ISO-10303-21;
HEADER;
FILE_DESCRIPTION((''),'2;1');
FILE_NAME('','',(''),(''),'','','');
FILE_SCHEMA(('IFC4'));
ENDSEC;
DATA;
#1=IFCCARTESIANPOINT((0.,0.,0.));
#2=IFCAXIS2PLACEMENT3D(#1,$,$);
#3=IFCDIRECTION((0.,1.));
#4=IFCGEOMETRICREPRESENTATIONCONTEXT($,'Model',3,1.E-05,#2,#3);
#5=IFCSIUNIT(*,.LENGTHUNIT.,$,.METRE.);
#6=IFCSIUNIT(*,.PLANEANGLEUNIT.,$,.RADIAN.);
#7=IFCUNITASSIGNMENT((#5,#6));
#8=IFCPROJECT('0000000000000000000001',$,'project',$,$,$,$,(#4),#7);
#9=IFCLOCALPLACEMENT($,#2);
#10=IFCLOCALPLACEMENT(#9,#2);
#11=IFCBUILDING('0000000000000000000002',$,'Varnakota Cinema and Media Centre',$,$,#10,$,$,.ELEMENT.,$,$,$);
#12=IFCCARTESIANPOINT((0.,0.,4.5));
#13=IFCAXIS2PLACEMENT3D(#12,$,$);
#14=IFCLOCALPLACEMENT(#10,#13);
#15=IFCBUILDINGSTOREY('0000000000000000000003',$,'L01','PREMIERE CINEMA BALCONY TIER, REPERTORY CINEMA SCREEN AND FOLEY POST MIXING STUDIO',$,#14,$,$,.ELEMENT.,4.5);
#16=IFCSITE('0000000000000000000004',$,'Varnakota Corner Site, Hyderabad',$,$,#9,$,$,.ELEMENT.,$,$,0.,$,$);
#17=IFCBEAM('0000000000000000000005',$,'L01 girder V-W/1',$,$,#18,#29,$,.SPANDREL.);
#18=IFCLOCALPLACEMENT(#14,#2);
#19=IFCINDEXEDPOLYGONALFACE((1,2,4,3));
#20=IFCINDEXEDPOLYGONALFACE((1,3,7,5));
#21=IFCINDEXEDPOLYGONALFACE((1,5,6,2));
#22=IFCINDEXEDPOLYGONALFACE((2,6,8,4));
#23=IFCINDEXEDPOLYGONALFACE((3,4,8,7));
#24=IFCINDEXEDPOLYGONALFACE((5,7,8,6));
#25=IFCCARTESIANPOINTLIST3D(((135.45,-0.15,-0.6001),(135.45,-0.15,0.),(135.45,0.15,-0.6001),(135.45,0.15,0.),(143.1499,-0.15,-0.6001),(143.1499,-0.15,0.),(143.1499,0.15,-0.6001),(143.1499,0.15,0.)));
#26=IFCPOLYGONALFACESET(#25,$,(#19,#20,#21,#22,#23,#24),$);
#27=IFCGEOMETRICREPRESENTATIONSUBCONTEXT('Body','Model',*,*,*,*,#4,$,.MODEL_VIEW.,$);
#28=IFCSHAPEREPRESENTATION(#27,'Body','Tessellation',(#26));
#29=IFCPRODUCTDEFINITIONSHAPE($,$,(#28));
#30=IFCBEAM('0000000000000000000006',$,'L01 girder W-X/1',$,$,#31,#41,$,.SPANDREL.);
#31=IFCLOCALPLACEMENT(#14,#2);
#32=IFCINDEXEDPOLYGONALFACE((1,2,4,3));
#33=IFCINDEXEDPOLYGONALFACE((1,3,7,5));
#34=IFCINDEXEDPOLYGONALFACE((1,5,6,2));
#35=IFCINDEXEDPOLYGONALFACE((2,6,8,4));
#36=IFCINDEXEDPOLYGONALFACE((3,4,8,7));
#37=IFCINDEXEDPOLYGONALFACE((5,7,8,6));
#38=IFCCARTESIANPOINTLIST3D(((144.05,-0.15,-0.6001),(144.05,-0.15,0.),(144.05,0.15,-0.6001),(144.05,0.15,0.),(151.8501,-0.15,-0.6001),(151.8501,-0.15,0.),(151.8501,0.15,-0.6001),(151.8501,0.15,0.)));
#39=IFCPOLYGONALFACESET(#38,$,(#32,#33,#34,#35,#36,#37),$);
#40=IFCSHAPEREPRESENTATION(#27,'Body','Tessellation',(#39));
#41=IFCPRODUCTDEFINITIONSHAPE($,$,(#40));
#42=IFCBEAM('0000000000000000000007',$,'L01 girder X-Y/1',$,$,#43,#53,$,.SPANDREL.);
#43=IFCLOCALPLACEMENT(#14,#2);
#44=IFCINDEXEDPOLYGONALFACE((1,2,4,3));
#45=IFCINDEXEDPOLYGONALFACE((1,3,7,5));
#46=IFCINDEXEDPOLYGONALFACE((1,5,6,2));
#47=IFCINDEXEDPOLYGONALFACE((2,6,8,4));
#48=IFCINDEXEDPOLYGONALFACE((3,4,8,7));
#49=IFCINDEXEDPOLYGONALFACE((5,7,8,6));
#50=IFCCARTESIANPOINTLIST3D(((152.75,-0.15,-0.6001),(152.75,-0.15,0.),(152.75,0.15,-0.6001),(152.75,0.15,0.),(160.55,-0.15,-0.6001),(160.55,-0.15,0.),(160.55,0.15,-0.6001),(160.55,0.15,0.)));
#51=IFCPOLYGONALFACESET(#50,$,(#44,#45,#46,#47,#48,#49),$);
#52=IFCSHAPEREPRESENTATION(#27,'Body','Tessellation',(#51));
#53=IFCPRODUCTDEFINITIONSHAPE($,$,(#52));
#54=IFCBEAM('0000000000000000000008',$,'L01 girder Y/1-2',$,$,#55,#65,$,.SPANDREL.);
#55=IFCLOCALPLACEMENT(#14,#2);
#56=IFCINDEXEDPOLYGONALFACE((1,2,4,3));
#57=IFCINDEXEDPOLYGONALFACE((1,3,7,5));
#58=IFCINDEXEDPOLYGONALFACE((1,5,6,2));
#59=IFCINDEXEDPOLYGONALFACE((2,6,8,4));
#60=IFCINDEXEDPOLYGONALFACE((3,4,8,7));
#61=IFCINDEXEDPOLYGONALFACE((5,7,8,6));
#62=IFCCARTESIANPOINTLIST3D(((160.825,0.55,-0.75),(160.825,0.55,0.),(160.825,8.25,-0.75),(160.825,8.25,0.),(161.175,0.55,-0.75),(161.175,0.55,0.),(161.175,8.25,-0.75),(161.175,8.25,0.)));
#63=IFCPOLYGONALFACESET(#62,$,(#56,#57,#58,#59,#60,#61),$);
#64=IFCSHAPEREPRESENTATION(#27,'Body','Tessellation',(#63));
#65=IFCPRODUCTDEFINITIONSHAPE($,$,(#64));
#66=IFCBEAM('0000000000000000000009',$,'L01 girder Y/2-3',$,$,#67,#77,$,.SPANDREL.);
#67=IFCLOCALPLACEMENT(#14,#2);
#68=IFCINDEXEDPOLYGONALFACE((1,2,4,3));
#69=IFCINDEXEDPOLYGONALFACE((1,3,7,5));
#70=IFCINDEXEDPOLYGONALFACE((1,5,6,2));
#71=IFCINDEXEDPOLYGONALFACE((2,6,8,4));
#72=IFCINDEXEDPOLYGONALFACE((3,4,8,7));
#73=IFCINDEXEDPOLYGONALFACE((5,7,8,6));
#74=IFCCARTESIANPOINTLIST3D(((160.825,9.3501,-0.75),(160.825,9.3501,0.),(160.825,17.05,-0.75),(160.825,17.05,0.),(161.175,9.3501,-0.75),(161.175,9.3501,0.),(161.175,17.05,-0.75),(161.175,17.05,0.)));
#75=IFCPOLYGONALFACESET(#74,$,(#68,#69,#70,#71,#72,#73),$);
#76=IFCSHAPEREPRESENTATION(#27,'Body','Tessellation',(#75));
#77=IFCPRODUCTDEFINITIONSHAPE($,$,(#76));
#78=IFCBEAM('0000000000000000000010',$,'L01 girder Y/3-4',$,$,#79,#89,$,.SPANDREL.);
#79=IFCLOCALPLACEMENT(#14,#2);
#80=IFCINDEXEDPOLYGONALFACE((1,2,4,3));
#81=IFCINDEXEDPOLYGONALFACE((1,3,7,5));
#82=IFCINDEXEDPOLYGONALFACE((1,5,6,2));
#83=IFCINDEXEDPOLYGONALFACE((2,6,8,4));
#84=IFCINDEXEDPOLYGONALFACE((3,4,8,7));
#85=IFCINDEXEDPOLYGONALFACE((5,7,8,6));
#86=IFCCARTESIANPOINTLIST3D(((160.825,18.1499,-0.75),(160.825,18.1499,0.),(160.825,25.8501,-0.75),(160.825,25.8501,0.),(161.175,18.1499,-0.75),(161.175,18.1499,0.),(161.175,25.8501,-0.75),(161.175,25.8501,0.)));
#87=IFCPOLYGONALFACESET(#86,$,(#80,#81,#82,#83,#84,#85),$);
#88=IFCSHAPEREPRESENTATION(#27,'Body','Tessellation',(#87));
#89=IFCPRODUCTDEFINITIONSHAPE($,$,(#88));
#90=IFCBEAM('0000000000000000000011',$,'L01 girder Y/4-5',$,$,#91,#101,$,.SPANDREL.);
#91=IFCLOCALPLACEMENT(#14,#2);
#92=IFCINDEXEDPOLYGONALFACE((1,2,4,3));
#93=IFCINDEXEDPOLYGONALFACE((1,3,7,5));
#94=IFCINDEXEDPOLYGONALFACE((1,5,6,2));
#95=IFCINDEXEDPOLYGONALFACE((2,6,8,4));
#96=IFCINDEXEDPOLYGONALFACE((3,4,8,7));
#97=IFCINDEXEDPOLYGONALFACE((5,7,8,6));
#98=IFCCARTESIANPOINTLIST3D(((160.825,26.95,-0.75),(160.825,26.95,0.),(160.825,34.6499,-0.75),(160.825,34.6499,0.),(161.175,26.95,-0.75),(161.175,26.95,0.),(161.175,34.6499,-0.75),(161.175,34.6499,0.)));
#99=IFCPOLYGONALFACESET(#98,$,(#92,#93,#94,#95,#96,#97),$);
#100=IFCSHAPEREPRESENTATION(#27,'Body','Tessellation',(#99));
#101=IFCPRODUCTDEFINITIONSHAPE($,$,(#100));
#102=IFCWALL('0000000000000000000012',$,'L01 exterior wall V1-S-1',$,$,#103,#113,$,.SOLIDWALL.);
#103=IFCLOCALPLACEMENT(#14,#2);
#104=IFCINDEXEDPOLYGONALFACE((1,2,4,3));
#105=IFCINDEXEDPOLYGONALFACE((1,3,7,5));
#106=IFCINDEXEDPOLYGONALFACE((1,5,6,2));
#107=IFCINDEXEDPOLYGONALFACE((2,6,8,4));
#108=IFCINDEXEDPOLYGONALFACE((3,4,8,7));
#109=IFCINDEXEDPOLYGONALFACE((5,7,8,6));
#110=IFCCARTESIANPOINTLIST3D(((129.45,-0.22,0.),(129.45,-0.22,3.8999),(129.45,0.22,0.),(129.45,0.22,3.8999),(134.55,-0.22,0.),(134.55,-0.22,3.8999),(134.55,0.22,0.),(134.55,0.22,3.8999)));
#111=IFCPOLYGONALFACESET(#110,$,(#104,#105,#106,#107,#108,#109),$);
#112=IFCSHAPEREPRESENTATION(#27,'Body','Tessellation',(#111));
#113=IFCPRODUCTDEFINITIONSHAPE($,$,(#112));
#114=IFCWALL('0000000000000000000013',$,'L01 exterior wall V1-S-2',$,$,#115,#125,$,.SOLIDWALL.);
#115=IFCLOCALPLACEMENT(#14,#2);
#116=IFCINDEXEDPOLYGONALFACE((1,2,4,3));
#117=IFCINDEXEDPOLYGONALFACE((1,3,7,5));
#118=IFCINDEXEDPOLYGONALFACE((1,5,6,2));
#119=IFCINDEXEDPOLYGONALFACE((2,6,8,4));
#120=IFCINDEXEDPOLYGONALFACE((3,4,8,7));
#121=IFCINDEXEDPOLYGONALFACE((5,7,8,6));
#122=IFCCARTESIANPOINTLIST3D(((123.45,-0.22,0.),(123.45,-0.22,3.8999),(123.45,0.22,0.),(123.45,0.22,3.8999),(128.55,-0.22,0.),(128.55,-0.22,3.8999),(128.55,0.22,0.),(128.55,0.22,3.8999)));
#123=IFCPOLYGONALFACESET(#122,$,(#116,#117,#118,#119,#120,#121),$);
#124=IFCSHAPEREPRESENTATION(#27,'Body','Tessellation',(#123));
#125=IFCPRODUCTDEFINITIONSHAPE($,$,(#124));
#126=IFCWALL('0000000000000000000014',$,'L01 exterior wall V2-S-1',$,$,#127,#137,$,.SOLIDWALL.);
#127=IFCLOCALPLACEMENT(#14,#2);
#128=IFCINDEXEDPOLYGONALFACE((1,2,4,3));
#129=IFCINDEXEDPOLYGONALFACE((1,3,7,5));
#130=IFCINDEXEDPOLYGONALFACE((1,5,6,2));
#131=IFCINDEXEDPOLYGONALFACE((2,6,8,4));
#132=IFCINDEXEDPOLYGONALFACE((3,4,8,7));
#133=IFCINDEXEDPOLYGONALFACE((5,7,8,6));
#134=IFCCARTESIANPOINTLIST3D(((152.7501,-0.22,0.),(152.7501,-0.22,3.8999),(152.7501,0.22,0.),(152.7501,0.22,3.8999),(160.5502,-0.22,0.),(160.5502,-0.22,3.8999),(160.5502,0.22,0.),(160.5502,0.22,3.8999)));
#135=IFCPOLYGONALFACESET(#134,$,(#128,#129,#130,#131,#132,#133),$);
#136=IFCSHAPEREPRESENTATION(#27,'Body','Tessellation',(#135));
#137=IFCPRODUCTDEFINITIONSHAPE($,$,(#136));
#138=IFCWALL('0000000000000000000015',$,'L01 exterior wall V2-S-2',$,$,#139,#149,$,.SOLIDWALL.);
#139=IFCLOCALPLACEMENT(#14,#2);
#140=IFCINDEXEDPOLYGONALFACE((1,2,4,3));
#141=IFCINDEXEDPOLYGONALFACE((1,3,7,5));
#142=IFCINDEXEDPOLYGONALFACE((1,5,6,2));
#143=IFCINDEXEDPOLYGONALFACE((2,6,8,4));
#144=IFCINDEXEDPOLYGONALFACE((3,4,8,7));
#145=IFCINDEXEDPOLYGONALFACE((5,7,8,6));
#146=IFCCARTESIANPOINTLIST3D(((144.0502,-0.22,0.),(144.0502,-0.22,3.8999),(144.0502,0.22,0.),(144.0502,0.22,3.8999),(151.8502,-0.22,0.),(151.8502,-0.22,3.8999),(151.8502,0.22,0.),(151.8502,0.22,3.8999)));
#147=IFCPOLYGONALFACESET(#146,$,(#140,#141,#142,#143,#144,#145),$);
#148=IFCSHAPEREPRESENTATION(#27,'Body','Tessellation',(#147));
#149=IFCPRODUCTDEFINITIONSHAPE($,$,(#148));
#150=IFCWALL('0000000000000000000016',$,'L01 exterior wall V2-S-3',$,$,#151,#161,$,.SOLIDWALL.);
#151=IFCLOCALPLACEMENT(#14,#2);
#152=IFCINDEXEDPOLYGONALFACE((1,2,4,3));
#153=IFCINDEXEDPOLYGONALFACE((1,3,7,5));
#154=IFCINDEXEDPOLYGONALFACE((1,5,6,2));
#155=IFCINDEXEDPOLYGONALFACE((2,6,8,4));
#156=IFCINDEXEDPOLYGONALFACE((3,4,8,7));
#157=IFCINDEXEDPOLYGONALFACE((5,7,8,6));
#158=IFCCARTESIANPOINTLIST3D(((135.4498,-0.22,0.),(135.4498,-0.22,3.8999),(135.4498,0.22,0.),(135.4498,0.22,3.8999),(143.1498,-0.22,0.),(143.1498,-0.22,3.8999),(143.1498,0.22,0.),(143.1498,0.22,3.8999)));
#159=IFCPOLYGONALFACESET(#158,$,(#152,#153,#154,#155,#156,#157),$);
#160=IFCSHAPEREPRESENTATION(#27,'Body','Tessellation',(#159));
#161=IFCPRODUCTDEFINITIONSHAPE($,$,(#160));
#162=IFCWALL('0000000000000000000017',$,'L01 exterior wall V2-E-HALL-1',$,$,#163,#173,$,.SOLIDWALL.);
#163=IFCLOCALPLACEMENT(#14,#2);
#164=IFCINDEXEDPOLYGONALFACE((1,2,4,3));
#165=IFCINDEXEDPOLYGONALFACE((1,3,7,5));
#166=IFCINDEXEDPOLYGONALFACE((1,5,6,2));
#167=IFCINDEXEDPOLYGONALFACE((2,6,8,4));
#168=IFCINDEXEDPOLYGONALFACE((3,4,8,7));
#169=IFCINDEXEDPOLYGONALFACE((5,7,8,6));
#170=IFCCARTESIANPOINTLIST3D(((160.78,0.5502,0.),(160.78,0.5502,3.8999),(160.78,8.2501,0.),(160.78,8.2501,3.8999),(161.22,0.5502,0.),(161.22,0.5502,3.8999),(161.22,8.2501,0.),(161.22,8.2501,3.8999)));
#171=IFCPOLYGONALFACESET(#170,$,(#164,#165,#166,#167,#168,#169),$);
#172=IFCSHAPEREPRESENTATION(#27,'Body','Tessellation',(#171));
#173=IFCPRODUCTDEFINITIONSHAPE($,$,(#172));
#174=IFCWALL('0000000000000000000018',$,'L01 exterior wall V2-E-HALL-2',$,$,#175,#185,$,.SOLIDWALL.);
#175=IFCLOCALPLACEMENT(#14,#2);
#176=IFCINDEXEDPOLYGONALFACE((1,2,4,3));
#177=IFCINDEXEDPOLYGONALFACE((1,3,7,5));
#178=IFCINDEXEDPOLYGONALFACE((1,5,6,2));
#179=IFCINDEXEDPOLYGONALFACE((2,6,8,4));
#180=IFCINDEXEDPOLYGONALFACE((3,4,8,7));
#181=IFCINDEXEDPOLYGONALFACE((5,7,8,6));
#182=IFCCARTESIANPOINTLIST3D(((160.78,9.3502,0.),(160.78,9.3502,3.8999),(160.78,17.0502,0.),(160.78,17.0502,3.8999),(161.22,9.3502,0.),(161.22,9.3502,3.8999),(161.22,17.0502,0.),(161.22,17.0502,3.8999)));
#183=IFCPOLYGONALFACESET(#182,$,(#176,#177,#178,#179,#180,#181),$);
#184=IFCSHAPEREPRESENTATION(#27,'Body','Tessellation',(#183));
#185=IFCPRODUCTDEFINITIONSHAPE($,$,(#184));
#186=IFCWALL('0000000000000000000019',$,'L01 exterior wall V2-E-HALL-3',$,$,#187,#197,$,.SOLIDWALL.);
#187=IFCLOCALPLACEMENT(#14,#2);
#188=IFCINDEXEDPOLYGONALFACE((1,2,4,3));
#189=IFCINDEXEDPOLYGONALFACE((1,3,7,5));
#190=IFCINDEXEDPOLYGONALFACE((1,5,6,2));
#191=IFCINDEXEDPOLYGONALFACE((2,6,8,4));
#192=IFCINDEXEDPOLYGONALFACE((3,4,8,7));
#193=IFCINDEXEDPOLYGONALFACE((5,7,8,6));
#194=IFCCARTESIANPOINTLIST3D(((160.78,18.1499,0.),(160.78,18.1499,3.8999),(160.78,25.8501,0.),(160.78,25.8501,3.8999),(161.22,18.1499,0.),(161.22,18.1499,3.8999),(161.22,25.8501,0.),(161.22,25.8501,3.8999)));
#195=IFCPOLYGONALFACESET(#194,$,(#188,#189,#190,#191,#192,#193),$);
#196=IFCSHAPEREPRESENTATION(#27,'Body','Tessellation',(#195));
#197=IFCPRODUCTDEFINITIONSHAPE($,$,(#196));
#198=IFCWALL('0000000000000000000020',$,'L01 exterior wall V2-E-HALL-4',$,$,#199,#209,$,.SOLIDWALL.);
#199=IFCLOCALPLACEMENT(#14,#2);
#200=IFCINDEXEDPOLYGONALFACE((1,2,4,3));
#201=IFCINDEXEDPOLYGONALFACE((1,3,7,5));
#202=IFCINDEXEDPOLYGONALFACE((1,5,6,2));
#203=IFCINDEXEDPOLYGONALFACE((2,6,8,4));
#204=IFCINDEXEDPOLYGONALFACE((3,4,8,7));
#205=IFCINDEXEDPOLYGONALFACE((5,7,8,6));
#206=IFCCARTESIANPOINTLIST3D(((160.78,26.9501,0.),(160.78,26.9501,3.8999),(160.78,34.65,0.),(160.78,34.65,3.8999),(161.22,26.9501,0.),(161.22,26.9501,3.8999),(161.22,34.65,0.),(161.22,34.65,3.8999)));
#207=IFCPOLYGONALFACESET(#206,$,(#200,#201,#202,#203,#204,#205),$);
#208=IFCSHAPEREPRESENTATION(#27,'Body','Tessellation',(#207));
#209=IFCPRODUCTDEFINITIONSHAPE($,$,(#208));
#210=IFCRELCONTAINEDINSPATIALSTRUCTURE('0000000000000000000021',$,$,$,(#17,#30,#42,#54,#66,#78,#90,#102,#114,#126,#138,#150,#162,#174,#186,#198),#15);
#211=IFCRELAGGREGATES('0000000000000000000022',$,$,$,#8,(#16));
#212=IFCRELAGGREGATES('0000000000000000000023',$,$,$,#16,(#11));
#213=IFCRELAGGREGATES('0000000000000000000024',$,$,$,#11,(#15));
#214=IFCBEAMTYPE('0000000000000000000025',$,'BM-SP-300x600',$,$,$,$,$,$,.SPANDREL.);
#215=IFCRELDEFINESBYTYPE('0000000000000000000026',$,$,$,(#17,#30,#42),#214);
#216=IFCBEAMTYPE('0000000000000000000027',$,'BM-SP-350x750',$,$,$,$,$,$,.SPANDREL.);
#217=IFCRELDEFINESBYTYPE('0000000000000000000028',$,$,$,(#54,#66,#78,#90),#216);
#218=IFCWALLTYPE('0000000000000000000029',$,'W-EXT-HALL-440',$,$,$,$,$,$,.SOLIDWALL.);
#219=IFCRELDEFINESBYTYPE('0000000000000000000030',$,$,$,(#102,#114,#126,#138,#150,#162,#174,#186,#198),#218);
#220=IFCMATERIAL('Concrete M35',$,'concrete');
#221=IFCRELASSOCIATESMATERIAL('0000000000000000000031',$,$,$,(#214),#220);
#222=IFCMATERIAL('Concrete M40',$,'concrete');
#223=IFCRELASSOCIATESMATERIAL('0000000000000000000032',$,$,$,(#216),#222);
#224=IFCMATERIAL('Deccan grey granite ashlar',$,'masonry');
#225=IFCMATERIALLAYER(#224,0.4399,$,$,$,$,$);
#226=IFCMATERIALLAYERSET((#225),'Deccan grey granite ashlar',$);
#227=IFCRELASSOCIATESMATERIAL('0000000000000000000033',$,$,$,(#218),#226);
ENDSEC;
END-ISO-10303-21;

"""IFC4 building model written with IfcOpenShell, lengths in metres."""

from ifc_helpers import new_model, si_unit, direction, frame, frame_2d, origin, origin_2d, place, context, subcontext, project, spatial, rectangle, extrude, material, layer, layer_set, material_profile, profile_set, type_object, element, save


model = new_model("IFC4")

# Units and contexts
model_context = context("Model", 3, precision=1e-05, world=origin(), true_north=direction((0.0, 1.0)))
body_context = subcontext(model_context, "Body", "Model", "MODEL_VIEW")
ifc_project = project(units=[si_unit("LENGTHUNIT", "METRE"), si_unit("PLANEANGLEUNIT", "RADIAN")], contexts=[model_context])

# Site, building, storey
site_placement = place(None, origin())
site = spatial("IfcSite", under=ifc_project, at=site_placement, Name="Varnakota Corner Site, Hyderabad", CompositionType="ELEMENT", RefElevation=0.0)
building_placement = place(site_placement, origin())
building = spatial("IfcBuilding", under=site, at=building_placement, Name="Varnakota Cinema and Media Centre", CompositionType="ELEMENT")
storey_placement = place(building_placement, frame((0.0, 0.0, 4.5)))
storey = spatial("IfcBuildingStorey", under=building, at=storey_placement, Name="L01", Description="PREMIERE CINEMA BALCONY TIER, REPERTORY CINEMA SCREEN AND FOLEY POST MIXING STUDIO", CompositionType="ELEMENT", Elevation=4.5)

# Beams
ifc_material_1 = material(Name="Concrete M35", Category="concrete")
ifc_material_profile_1 = material_profile(ifc_material_1, rectangle(XDim=0.3, YDim=0.6001, at=origin_2d()), Name="RCB 300x600")
ifc_profile_set_1 = profile_set([ifc_material_profile_1], Name="Concrete M35")
beam_type_1 = type_object("IfcBeamType", Name="BM-SP-300x600", PredefinedType="SPANDREL", material=ifc_profile_set_1)
beam_1_placement = place(storey_placement, frame((135.45, 0.0, -0.3), z_axis=(1.0, 0.0, 0.0), x_axis=(0.0, 1.0, 0.0)))
element("IfcBeam", 1, at=beam_1_placement, inside=storey, type_object=beam_type_1, Name="L01 girder V-W/1", PredefinedType="SPANDREL", context=body_context, shape_type="SweptSolid", body=[
    extrude(rectangle(XDim=0.3, YDim=0.6001, at=origin_2d()), origin(), (0.0, 0.0, 1.0), 7.7),
])
for number, where, z_axis, x_axis, name in (
    (2, (144.05, 0.0, -0.3), (1.0, 0.0, 0.0), (0.0, 1.0, 0.0), "L01 girder W-X/1"),
    (3, (152.75, 0.0, -0.3), (1.0, 0.0, 0.0), (0.0, 1.0, 0.0), "L01 girder X-Y/1"),
):
    element("IfcBeam", number, at=place(storey_placement, frame(where, z_axis=z_axis, x_axis=x_axis)), inside=storey, type_object=beam_type_1, Name=name, PredefinedType="SPANDREL", context=body_context, shape_type="SweptSolid", body=[
        extrude(rectangle(XDim=0.3, YDim=0.6001, at=origin_2d()), origin(), (0.0, 0.0, 1.0), 7.8),
    ])
ifc_material_2 = material(Name="Concrete M40", Category="concrete")
ifc_material_profile_2 = material_profile(ifc_material_2, rectangle(XDim=0.3501, YDim=0.75, at=origin_2d()), Name="RCB 350x750")
ifc_profile_set_2 = profile_set([ifc_material_profile_2], Name="Concrete M40")
beam_type_2 = type_object("IfcBeamType", Name="BM-SP-350x750", PredefinedType="SPANDREL", material=ifc_profile_set_2)
for number, where, z_axis, x_axis, name in (
    (4, (161.0, 0.55, -0.375), (0.0, 1.0, 0.0), (-1.0, 0.0, 0.0), "L01 girder Y/1-2"),
    (5, (161.0, 9.3501, -0.375), (0.0, 1.0, 0.0), (-1.0, 0.0, 0.0), "L01 girder Y/2-3"),
):
    element("IfcBeam", number, at=place(storey_placement, frame(where, z_axis=z_axis, x_axis=x_axis)), inside=storey, type_object=beam_type_2, Name=name, PredefinedType="SPANDREL", context=body_context, shape_type="SweptSolid", body=[
        extrude(rectangle(XDim=0.3501, YDim=0.75, at=origin_2d()), origin(), (0.0, 0.0, 1.0), 7.7),
    ])
beam_2_placement = place(storey_placement, frame((161.0, 18.1499, -0.375), z_axis=(0.0, 1.0, 0.0), x_axis=(-1.0, 0.0, 0.0)))
element("IfcBeam", 6, at=beam_2_placement, inside=storey, type_object=beam_type_2, Name="L01 girder Y/3-4", PredefinedType="SPANDREL", context=body_context, shape_type="SweptSolid", body=[
    extrude(rectangle(XDim=0.3501, YDim=0.75, at=origin_2d()), origin(), (0.0, 0.0, 1.0), 7.7002),
])
beam_3_placement = place(storey_placement, frame((161.0, 26.95, -0.375), z_axis=(0.0, 1.0, 0.0), x_axis=(-1.0, 0.0, 0.0)))
element("IfcBeam", 7, at=beam_3_placement, inside=storey, type_object=beam_type_2, Name="L01 girder Y/4-5", PredefinedType="SPANDREL", context=body_context, shape_type="SweptSolid", body=[
    extrude(rectangle(XDim=0.3501, YDim=0.75, at=origin_2d()), origin(), (0.0, 0.0, 1.0), 7.7),
])

# Walls
ifc_material_3 = material(Name="Deccan grey granite ashlar", Category="masonry")
ifc_layer = layer(ifc_material_3, 0.4399)
ifc_layer_set = layer_set([ifc_layer], Name="Deccan grey granite ashlar")
wall_type = type_object("IfcWallType", Name="W-EXT-HALL-440", PredefinedType="SOLIDWALL", material=ifc_layer_set)
for number, where, z_axis, x_axis, name in (
    (8, (134.55, 0.0, 0.0), (0.0, 0.0, 1.0), (-1.0, 0.0, 0.0), "L01 exterior wall V1-S-1"),
    (9, (128.55, 0.0, 0.0), (0.0, 0.0, 1.0), (-1.0, 0.0, 0.0), "L01 exterior wall V1-S-2"),
):
    element("IfcWall", number, at=place(storey_placement, frame(where, z_axis=z_axis, x_axis=x_axis)), inside=storey, type_object=wall_type, Name=name, PredefinedType="SOLIDWALL", context=body_context, shape_type="SweptSolid", body=[
        extrude(rectangle(XDim=5.1001, YDim=0.4399, at=frame_2d((2.55, 0.0))), origin(), (0.0, 0.0, 1.0), 3.8999),
    ])
for number, where, z_axis, x_axis, name in (
    (10, (160.55, 0.0, 0.0), (0.0, 0.0, 1.0), (-1.0, 0.0, 0.0), "L01 exterior wall V2-S-1"),
    (11, (151.8501, 0.0, 0.0), (0.0, 0.0, 1.0), (-1.0, 0.0, 0.0), "L01 exterior wall V2-S-2"),
):
    element("IfcWall", number, at=place(storey_placement, frame(where, z_axis=z_axis, x_axis=x_axis)), inside=storey, type_object=wall_type, Name=name, PredefinedType="SOLIDWALL", context=body_context, shape_type="SweptSolid", body=[
        extrude(rectangle(XDim=7.8, YDim=0.4399, at=frame_2d((3.8999, 0.0))), origin(), (0.0, 0.0, 1.0), 3.8999),
    ])
for number, where, z_axis, x_axis, name in (
    (12, (143.1499, 0.0, 0.0), (0.0, 0.0, 1.0), (-1.0, 0.0, 0.0), "L01 exterior wall V2-S-3"),
    (13, (161.0, 0.55, 0.0), (0.0, 0.0, 1.0), (0.0, 1.0, 0.0), "L01 exterior wall V2-E-HALL-1"),
    (14, (161.0, 9.3501, 0.0), (0.0, 0.0, 1.0), (0.0, 1.0, 0.0), "L01 exterior wall V2-E-HALL-2"),
):
    element("IfcWall", number, at=place(storey_placement, frame(where, z_axis=z_axis, x_axis=x_axis)), inside=storey, type_object=wall_type, Name=name, PredefinedType="SOLIDWALL", context=body_context, shape_type="SweptSolid", body=[
        extrude(rectangle(XDim=7.7, YDim=0.4399, at=frame_2d((3.8501, 0.0))), origin(), (0.0, 0.0, 1.0), 3.8999),
    ])
wall_1_placement = place(storey_placement, frame((161.0, 18.1499, 0.0), z_axis=(0.0, 0.0, 1.0), x_axis=(0.0, 1.0, 0.0)))
element("IfcWall", 15, at=wall_1_placement, inside=storey, type_object=wall_type, Name="L01 exterior wall V2-E-HALL-3", PredefinedType="SOLIDWALL", context=body_context, shape_type="SweptSolid", body=[
    extrude(rectangle(XDim=7.7002, YDim=0.4399, at=frame_2d((3.8501, 0.0))), origin(), (0.0, 0.0, 1.0), 3.8999),
])
wall_2_placement = place(storey_placement, frame((161.0, 26.95, 0.0), z_axis=(0.0, 0.0, 1.0), x_axis=(0.0, 1.0, 0.0)))
element("IfcWall", 16, at=wall_2_placement, inside=storey, type_object=wall_type, Name="L01 exterior wall V2-E-HALL-4", PredefinedType="SOLIDWALL", context=body_context, shape_type="SweptSolid", body=[
    extrude(rectangle(XDim=7.7, YDim=0.4399, at=frame_2d((3.8501, 0.0))), origin(), (0.0, 0.0, 1.0), 3.8999),
])

save(model, "model.ifc")
